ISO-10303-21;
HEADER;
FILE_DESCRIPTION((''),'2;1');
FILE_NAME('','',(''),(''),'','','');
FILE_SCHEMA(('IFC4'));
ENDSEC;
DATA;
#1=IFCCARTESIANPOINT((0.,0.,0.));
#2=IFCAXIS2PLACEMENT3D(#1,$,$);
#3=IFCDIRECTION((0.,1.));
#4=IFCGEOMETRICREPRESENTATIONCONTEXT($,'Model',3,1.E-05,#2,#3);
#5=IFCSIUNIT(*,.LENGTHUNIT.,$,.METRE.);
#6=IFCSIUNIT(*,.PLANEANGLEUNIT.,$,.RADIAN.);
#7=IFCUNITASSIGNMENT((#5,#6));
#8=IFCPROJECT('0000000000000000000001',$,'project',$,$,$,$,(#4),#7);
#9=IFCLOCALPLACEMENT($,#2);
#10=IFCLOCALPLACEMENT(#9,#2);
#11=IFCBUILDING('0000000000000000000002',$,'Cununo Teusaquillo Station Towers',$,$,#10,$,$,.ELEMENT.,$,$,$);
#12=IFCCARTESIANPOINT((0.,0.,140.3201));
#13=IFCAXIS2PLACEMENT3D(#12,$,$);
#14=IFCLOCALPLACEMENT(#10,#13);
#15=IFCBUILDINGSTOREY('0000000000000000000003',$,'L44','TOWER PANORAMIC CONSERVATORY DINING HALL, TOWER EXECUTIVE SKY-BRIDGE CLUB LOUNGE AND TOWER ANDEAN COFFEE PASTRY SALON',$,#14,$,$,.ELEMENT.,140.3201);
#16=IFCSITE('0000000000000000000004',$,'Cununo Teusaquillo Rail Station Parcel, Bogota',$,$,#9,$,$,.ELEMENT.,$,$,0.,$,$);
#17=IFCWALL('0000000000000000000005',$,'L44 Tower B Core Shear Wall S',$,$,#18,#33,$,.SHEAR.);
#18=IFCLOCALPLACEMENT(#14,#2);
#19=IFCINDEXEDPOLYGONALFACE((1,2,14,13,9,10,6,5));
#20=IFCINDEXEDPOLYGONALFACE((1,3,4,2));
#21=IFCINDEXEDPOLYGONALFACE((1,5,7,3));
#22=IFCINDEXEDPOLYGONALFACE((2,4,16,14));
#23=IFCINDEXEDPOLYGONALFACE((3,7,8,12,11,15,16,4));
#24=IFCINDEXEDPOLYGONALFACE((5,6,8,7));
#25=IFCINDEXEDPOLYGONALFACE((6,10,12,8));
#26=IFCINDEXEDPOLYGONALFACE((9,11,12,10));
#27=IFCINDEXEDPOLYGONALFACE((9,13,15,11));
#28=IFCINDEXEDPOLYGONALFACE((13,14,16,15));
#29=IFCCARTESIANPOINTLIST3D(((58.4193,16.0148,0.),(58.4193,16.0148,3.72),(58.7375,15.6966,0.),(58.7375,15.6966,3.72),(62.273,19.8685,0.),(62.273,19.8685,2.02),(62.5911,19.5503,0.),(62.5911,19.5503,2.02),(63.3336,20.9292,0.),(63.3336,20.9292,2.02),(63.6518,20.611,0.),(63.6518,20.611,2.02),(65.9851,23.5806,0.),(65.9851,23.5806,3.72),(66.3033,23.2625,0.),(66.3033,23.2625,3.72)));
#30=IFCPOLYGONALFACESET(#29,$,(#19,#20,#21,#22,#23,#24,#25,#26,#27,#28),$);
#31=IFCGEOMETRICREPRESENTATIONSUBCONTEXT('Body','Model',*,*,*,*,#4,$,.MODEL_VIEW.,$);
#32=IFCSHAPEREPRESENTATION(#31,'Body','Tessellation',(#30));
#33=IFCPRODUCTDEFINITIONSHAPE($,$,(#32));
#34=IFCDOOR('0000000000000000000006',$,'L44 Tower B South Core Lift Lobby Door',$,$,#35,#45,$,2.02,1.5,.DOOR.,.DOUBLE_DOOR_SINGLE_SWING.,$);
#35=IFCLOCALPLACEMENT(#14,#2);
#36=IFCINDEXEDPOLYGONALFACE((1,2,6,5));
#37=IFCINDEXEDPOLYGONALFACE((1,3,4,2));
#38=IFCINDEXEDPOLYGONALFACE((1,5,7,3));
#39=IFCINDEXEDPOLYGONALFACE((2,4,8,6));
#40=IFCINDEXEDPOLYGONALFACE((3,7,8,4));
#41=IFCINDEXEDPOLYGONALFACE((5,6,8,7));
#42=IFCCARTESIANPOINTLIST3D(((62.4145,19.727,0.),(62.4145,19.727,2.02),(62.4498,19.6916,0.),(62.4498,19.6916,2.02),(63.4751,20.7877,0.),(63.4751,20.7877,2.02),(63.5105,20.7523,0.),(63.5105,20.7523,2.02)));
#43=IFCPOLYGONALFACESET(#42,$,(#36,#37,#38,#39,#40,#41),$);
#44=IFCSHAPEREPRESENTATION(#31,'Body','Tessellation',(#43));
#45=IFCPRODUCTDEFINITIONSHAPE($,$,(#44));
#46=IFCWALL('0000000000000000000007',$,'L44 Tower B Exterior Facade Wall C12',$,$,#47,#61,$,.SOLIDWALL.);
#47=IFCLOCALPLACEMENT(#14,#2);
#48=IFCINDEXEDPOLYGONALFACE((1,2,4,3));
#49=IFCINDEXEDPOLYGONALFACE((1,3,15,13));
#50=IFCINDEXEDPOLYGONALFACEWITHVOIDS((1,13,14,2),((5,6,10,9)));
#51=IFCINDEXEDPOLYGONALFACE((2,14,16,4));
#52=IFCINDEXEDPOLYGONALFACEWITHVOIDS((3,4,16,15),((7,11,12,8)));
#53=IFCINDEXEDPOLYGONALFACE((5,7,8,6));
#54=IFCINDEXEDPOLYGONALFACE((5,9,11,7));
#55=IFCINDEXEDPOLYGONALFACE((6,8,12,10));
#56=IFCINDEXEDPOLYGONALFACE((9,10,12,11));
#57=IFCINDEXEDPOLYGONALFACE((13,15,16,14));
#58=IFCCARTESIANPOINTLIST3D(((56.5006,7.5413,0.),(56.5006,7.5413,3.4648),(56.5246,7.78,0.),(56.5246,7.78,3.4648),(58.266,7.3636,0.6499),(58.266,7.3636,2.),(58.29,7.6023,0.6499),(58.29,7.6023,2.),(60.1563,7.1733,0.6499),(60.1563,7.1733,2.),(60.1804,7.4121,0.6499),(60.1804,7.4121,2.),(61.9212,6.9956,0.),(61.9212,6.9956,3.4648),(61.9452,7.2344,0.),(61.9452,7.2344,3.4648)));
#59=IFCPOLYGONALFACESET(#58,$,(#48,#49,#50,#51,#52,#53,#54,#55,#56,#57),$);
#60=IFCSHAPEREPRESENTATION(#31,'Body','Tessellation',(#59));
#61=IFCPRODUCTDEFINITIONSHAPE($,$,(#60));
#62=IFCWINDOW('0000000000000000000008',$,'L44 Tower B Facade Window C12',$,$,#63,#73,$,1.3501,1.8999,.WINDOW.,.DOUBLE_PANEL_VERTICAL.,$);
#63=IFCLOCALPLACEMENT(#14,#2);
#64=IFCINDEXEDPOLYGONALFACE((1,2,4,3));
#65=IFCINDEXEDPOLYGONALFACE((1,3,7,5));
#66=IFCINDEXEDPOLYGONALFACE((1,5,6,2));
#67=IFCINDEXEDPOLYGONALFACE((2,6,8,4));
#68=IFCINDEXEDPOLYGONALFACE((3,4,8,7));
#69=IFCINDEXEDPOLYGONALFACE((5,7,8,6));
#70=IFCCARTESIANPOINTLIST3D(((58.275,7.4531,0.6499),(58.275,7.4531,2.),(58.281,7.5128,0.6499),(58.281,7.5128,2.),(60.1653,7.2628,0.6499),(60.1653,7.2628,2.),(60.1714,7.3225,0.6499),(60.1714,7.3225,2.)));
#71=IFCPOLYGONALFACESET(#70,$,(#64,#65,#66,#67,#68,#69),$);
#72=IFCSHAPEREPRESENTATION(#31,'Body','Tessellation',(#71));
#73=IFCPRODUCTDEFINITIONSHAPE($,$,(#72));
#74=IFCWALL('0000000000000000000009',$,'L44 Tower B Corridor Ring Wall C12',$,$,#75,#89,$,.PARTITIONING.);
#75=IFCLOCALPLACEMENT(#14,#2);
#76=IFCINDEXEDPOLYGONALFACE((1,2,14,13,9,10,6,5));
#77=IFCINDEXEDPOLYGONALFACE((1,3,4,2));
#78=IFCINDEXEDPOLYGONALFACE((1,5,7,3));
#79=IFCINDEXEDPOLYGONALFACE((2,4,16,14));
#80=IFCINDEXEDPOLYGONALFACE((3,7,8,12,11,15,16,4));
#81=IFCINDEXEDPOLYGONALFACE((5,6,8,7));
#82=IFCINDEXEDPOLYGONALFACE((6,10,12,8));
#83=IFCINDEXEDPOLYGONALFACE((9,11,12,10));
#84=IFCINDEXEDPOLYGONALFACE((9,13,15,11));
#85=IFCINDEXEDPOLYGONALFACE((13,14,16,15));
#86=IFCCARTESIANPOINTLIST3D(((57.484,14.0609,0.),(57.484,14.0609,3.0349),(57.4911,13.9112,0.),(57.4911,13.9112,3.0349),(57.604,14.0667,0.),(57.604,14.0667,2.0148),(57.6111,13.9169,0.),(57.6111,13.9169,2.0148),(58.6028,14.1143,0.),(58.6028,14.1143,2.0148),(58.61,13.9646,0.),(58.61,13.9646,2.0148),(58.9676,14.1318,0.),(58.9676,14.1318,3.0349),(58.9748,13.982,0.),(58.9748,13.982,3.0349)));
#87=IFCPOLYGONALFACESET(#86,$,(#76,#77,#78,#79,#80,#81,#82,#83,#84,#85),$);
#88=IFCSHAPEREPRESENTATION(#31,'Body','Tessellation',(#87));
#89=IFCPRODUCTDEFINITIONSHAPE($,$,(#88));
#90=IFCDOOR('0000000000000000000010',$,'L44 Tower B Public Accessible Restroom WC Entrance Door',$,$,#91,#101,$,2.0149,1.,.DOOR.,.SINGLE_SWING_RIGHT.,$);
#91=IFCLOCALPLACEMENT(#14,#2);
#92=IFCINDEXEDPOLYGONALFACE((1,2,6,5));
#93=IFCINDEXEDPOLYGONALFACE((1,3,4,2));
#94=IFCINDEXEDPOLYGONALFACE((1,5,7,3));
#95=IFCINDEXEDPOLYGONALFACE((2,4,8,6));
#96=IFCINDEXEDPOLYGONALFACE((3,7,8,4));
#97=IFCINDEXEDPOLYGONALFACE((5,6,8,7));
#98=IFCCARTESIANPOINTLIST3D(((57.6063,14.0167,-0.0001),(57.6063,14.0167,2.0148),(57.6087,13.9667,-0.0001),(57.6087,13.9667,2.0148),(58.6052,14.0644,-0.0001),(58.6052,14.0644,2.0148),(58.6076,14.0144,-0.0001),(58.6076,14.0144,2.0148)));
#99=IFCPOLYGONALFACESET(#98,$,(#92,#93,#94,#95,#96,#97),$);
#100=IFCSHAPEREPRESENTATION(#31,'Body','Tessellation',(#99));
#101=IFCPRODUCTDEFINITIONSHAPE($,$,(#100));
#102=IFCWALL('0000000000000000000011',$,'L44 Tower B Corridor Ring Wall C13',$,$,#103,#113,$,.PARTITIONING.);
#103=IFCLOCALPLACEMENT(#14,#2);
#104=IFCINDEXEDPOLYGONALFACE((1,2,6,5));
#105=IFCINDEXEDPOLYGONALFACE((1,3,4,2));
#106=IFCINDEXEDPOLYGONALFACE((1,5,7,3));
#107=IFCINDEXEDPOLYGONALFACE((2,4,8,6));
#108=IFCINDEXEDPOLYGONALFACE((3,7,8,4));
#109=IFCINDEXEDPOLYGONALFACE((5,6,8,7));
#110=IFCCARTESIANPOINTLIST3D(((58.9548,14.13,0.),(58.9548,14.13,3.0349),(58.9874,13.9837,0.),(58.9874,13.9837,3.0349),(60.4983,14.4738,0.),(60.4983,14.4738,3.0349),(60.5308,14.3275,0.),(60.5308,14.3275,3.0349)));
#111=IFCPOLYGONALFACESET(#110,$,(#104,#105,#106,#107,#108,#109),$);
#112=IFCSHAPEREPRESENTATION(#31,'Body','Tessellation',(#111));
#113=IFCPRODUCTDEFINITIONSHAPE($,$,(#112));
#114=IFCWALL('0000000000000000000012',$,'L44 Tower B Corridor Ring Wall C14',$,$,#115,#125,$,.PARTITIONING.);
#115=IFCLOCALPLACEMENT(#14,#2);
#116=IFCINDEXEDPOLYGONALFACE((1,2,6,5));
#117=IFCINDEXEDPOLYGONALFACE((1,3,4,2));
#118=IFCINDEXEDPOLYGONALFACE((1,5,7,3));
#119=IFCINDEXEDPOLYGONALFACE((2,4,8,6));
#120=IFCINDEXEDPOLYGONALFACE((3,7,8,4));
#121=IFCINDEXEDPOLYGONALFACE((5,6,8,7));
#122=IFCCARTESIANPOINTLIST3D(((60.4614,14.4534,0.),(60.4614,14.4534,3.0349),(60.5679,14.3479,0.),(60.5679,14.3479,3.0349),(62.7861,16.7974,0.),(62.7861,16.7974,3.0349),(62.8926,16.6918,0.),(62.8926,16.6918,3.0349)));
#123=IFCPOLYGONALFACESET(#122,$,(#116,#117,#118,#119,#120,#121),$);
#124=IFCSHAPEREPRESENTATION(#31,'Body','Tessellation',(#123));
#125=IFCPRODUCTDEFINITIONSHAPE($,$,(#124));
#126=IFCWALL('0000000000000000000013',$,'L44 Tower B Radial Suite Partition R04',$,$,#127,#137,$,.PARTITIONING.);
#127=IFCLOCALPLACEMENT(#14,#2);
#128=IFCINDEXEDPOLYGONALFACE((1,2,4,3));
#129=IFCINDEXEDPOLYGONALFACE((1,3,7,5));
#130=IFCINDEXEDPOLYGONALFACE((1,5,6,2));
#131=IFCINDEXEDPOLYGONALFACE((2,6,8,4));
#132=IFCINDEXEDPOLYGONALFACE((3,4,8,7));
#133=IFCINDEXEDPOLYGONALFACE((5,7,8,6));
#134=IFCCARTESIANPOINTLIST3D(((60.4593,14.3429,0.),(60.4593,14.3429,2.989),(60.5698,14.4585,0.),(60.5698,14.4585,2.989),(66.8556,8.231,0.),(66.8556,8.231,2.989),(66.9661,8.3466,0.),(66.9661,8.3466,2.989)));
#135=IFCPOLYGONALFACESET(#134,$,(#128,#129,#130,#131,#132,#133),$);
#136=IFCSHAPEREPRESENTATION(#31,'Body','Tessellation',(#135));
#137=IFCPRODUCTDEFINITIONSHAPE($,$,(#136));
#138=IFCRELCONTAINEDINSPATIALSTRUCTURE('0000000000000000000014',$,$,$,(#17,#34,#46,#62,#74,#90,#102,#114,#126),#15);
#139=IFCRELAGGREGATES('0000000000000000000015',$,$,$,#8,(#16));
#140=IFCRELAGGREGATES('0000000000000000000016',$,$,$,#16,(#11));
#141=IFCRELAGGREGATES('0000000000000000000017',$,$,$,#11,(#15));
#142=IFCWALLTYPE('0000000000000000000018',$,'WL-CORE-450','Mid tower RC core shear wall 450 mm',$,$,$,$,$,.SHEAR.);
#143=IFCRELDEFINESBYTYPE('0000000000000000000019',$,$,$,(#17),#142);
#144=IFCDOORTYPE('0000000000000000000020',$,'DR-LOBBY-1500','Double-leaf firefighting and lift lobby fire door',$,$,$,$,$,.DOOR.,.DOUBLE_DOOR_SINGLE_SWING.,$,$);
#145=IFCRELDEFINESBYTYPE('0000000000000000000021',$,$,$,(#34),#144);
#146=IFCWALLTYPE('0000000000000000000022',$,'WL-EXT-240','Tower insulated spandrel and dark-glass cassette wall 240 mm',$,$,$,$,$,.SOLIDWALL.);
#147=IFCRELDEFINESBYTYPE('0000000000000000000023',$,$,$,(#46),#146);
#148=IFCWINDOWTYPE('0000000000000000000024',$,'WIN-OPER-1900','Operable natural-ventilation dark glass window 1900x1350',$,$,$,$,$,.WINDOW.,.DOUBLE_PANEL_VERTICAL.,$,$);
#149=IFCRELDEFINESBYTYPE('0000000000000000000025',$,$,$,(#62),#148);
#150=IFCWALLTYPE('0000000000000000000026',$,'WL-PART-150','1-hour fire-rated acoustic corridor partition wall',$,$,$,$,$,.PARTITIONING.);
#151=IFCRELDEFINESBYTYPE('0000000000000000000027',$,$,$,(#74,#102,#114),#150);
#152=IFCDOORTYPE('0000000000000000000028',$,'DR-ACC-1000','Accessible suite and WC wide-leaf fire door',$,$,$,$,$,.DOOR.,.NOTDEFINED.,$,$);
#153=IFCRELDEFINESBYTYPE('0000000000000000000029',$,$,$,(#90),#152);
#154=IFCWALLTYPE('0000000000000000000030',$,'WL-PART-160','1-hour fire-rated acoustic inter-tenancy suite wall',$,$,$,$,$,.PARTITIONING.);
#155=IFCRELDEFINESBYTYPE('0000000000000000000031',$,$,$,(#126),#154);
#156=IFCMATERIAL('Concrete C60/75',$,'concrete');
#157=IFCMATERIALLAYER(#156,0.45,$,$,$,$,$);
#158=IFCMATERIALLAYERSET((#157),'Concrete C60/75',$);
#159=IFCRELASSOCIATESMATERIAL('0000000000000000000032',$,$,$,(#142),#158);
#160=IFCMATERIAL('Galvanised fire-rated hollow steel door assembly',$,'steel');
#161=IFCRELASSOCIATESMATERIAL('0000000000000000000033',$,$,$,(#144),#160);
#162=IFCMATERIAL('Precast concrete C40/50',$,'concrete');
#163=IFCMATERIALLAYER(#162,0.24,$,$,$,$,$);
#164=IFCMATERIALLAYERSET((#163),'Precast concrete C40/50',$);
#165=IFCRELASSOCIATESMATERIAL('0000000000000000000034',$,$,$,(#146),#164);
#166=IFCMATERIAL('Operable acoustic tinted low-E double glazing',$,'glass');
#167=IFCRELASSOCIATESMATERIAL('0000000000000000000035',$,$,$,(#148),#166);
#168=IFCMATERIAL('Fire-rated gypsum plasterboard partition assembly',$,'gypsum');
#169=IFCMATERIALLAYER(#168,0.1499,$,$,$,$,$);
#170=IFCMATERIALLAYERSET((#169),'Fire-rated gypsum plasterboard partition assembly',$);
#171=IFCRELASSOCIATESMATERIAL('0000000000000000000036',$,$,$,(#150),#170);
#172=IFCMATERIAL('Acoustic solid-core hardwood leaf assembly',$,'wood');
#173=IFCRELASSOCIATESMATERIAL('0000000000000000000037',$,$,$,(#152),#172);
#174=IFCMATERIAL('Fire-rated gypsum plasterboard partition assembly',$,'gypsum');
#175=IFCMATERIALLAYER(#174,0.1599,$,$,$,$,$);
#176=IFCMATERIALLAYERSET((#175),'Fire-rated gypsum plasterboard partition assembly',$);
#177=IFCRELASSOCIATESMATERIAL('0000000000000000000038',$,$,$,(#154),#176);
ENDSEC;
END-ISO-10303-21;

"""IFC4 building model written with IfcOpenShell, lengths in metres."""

from ifc_helpers import new_model, si_unit, direction, frame, frame_2d, origin, place, context, subcontext, project, spatial, rectangle, extrude, source, transform, mapped, material, layer, layer_set, type_object, element, fill, save


model = new_model("IFC4")

# Units and contexts
model_context = context("Model", 3, precision=1e-05, world=origin(), true_north=direction((0.0, 1.0)))
body_context = subcontext(model_context, "Body", "Model", "MODEL_VIEW")
ifc_project = project(units=[si_unit("LENGTHUNIT", "METRE"), si_unit("PLANEANGLEUNIT", "RADIAN")], contexts=[model_context])

# Site, building, storey
site_placement = place(None, origin())
site = spatial("IfcSite", under=ifc_project, at=site_placement, Name="Cununo Teusaquillo Rail Station Parcel, Bogota", CompositionType="ELEMENT", RefElevation=0.0)
building_placement = place(site_placement, origin())
building = spatial("IfcBuilding", under=site, at=building_placement, Name="Cununo Teusaquillo Station Towers", CompositionType="ELEMENT")
storey_placement = place(building_placement, frame((0.0, 0.0, 140.3201)))
storey = spatial("IfcBuildingStorey", under=building, at=storey_placement, Name="L44", Description="TOWER PANORAMIC CONSERVATORY DINING HALL, TOWER EXECUTIVE SKY-BRIDGE CLUB LOUNGE AND TOWER ANDEAN COFFEE PASTRY SALON", CompositionType="ELEMENT", Elevation=140.3201)

# Shared definitions
ifc_material_1 = material(Name="Concrete C60/75", Category="concrete")
ifc_layer_1 = layer(ifc_material_1, 0.45)
ifc_layer_set_1 = layer_set([ifc_layer_1], Name="Concrete C60/75")
wall_type_1 = type_object("IfcWallType", Name="WL-CORE-450", Description="Mid tower RC core shear wall 450 mm", PredefinedType="SHEAR", material=ifc_layer_set_1)

# Wall, opening, door
wall_1_placement = place(storey_placement, frame((58.5784, 15.8557, 0.0), z_axis=(0.0, 0.0, 1.0), x_axis=(0.707107, 0.707107, 0.0)))
wall_1 = element("IfcWall", 1, at=wall_1_placement, inside=storey, type_object=wall_type_1, Name="L44 Tower B Core Shear Wall S", PredefinedType="SHEAR", context=body_context, shape_type="SweptSolid", body=[
    extrude(rectangle(XDim=10.6997, YDim=0.45, at=frame_2d((5.3499, 0.0))), origin(), (0.0, 0.0, 1.0), 3.72),
])
shared_shape_1 = source(origin(), body_context, "Body", "SweptSolid", [
    extrude(rectangle(XDim=1.5, YDim=2.02, at=frame_2d((0.75, 1.01))), frame((0.0, 0.2349, 0.0), z_axis=(0.0, -1.0, 0.0), x_axis=(1.0, 0.0, 0.0)), (0.0, 0.0, 1.0), 0.47),
])
opening_1_placement = place(wall_1_placement, frame((5.45, 0.0, 0.0)))
opening_1 = element("IfcOpeningElement", 2, at=opening_1_placement, cuts=wall_1, PredefinedType="OPENING", context=body_context, shape_type="MappedRepresentation", body=[
    mapped(shared_shape_1, transform((0.0, 0.0, 0.0), x_axis=(1.0, 0.0, 0.0), y_axis=(0.0, 1.0, 0.0), z_axis=(0.0, 0.0, 1.0), scale=1.0)),
])
ifc_material_2 = material(Name="Galvanised fire-rated hollow steel door assembly", Category="steel")
door_type_1 = type_object("IfcDoorType", Name="DR-LOBBY-1500", Description="Double-leaf firefighting and lift lobby fire door", OperationType="DOUBLE_DOOR_SINGLE_SWING", PredefinedType="DOOR", material=ifc_material_2)
shared_shape_2 = source(origin(), body_context, "Body", "SweptSolid", [
    extrude(rectangle(XDim=1.5, YDim=2.02, at=frame_2d((0.75, 1.01))), frame((0.0, 0.0249, 0.0), z_axis=(0.0, -1.0, 0.0), x_axis=(1.0, 0.0, 0.0)), (0.0, 0.0, 1.0), 0.05),
])
door_1_placement = place(opening_1_placement, origin())
door_1 = element("IfcDoor", 3, at=door_1_placement, inside=storey, type_object=door_type_1, Name="L44 Tower B South Core Lift Lobby Door", OperationType="DOUBLE_DOOR_SINGLE_SWING", OverallHeight=2.02, OverallWidth=1.5, PredefinedType="DOOR", context=body_context, shape_type="MappedRepresentation", body=[
    mapped(shared_shape_2, transform((0.0, 0.0, 0.0), x_axis=(1.0, 0.0, 0.0), y_axis=(0.0, 1.0, 0.0), z_axis=(0.0, 0.0, 1.0), scale=1.0)),
])
fill(opening_1, door_1)

# Wall, opening, window
ifc_material_3 = material(Name="Precast concrete C40/50", Category="concrete")
ifc_layer_2 = layer(ifc_material_3, 0.24)
ifc_layer_set_2 = layer_set([ifc_layer_2], Name="Precast concrete C40/50")
wall_type_2 = type_object("IfcWallType", Name="WL-EXT-240", Description="Tower insulated spandrel and dark-glass cassette wall 240 mm", PredefinedType="SOLIDWALL", material=ifc_layer_set_2)
wall_2_placement = place(storey_placement, frame((61.9333, 7.115, 0.0), z_axis=(0.0, 0.0, 1.0), x_axis=(-0.994972, 0.100156, 0.0)))
wall_2 = element("IfcWall", 4, at=wall_2_placement, inside=storey, type_object=wall_type_2, Name="L44 Tower B Exterior Facade Wall C12", PredefinedType="SOLIDWALL", context=body_context, shape_type="SweptSolid", body=[
    extrude(rectangle(XDim=5.448, YDim=0.24, at=frame_2d((2.7241, 0.0))), origin(), (0.0, 0.0, 1.0), 3.4648),
])
shared_shape_3 = source(origin(), body_context, "Body", "SweptSolid", [
    extrude(rectangle(XDim=1.8999, YDim=1.3501, at=frame_2d((0.95, 0.675))), frame((0.0, 0.1299, 0.0), z_axis=(0.0, -1.0, 0.0), x_axis=(1.0, 0.0, 0.0)), (0.0, 0.0, 1.0), 0.26),
])
opening_2_placement = place(wall_2_placement, frame((1.7739, 0.0, 0.6499)))
opening_2 = element("IfcOpeningElement", 5, at=opening_2_placement, cuts=wall_2, PredefinedType="OPENING", context=body_context, shape_type="MappedRepresentation", body=[
    mapped(shared_shape_3, transform((0.0, 0.0, 0.0), x_axis=(1.0, 0.0, 0.0), y_axis=(0.0, 1.0, 0.0), z_axis=(0.0, 0.0, 1.0), scale=1.0)),
])
ifc_material_4 = material(Name="Operable acoustic tinted low-E double glazing", Category="glass")
window_type = type_object("IfcWindowType", Name="WIN-OPER-1900", Description="Operable natural-ventilation dark glass window 1900x1350", PartitioningType="DOUBLE_PANEL_VERTICAL", PredefinedType="WINDOW", material=ifc_material_4)
shared_shape_4 = source(origin(), body_context, "Body", "SweptSolid", [
    extrude(rectangle(XDim=1.8999, YDim=1.3501, at=frame_2d((0.95, 0.675))), frame((0.0, 0.03, 0.0), z_axis=(0.0, -1.0, 0.0), x_axis=(1.0, 0.0, 0.0)), (0.0, 0.0, 1.0), 0.0601),
])
window_placement = place(opening_2_placement, origin())
window = element("IfcWindow", 6, at=window_placement, inside=storey, type_object=window_type, Name="L44 Tower B Facade Window C12", OverallHeight=1.3501, OverallWidth=1.8999, PartitioningType="DOUBLE_PANEL_VERTICAL", PredefinedType="WINDOW", context=body_context, shape_type="MappedRepresentation", body=[
    mapped(shared_shape_4, transform((0.0, 0.0, 0.0), x_axis=(1.0, 0.0, 0.0), y_axis=(0.0, 1.0, 0.0), z_axis=(0.0, 0.0, 1.0), scale=1.0)),
])
fill(opening_2, window)

# Wall, opening, door
ifc_material_5 = material(Name="Fire-rated gypsum plasterboard partition assembly", Category="gypsum")
ifc_layer_3 = layer(ifc_material_5, 0.1499)
ifc_layer_set_3 = layer_set([ifc_layer_3], Name="Fire-rated gypsum plasterboard partition assembly")
wall_type_3 = type_object("IfcWallType", Name="WL-PART-150", Description="1-hour fire-rated acoustic corridor partition wall", PredefinedType="PARTITIONING", material=ifc_layer_set_3)
wall_3_placement = place(storey_placement, frame((57.4875, 13.9861, 0.0), z_axis=(0.0, 0.0, 1.0), x_axis=(0.998863, 0.047667, 0.0)))
wall_3 = element("IfcWall", 7, at=wall_3_placement, inside=storey, type_object=wall_type_3, Name="L44 Tower B Corridor Ring Wall C12", PredefinedType="PARTITIONING", context=body_context, shape_type="SweptSolid", body=[
    extrude(rectangle(XDim=1.4854, YDim=0.1499, at=frame_2d((0.7427, 0.0))), origin(), (0.0, 0.0, 1.0), 3.0349),
])
shared_shape_5 = source(origin(), body_context, "Body", "SweptSolid", [
    extrude(rectangle(XDim=1.0, YDim=2.0149, at=frame_2d((0.5, 1.0073))), frame((0.0, 0.085, 0.0), z_axis=(0.0, -1.0, 0.0), x_axis=(1.0, 0.0, 0.0)), (0.0, 0.0, 1.0), 0.1699),
])
opening_3_placement = place(wall_3_placement, frame((0.1201, 0.0, 0.0)))
opening_3 = element("IfcOpeningElement", 8, at=opening_3_placement, cuts=wall_3, PredefinedType="OPENING", context=body_context, shape_type="MappedRepresentation", body=[
    mapped(shared_shape_5, transform((0.0, 0.0, 0.0), x_axis=(1.0, 0.0, 0.0), y_axis=(0.0, 1.0, 0.0), z_axis=(0.0, 0.0, 1.0), scale=1.0)),
])
ifc_material_6 = material(Name="Acoustic solid-core hardwood leaf assembly", Category="wood")
door_type_2 = type_object("IfcDoorType", Name="DR-ACC-1000", Description="Accessible suite and WC wide-leaf fire door", OperationType="NOTDEFINED", PredefinedType="DOOR", material=ifc_material_6)
shared_shape_6 = source(origin(), body_context, "Body", "SweptSolid", [
    extrude(rectangle(XDim=1.0, YDim=2.0149, at=frame_2d((0.5, 1.0073))), frame((0.0, 0.0249, 0.0), z_axis=(0.0, -1.0, 0.0), x_axis=(1.0, 0.0, 0.0)), (0.0, 0.0, 1.0), 0.05),
])
door_2_placement = place(opening_3_placement, origin())
door_2 = element("IfcDoor", 9, at=door_2_placement, inside=storey, type_object=door_type_2, Name="L44 Tower B Public Accessible Restroom WC Entrance Door", OperationType="SINGLE_SWING_RIGHT", OverallHeight=2.0149, OverallWidth=1.0, PredefinedType="DOOR", context=body_context, shape_type="MappedRepresentation", body=[
    mapped(shared_shape_6, transform((0.0, 0.0, 0.0), x_axis=(1.0, 0.0, 0.0), y_axis=(0.0, 1.0, 0.0), z_axis=(0.0, 0.0, 1.0), scale=1.0)),
])
fill(opening_3, door_2)

# Walls
wall_4_placement = place(storey_placement, frame((58.9712, 14.0569, 0.0), z_axis=(0.0, 0.0, 1.0), x_axis=(0.976085, 0.217388, 0.0)))
element("IfcWall", 10, at=wall_4_placement, inside=storey, type_object=wall_type_3, Name="L44 Tower B Corridor Ring Wall C13", PredefinedType="PARTITIONING", context=body_context, shape_type="SweptSolid", body=[
    extrude(rectangle(XDim=1.5813, YDim=0.1499, at=frame_2d((0.7905, 0.0))), origin(), (0.0, 0.0, 1.0), 3.0349),
])
wall_5_placement = place(storey_placement, frame((60.5146, 14.4006, 0.0), z_axis=(0.0, 0.0, 1.0), x_axis=(0.70418, 0.710022, 0.0)))
element("IfcWall", 11, at=wall_5_placement, inside=storey, type_object=wall_type_3, Name="L44 Tower B Corridor Ring Wall C14", PredefinedType="PARTITIONING", context=body_context, shape_type="SweptSolid", body=[
    extrude(rectangle(XDim=3.3013, YDim=0.1499, at=frame_2d((1.6506, 0.0))), origin(), (0.0, 0.0, 1.0), 3.0349),
])
ifc_material_7 = material(Name="Fire-rated gypsum plasterboard partition assembly", Category="gypsum")
ifc_layer_4 = layer(ifc_material_7, 0.1599)
ifc_layer_set_4 = layer_set([ifc_layer_4], Name="Fire-rated gypsum plasterboard partition assembly")
wall_type_4 = type_object("IfcWallType", Name="WL-PART-160", Description="1-hour fire-rated acoustic inter-tenancy suite wall", PredefinedType="PARTITIONING", material=ifc_layer_set_4)
wall_6_placement = place(storey_placement, frame((60.5146, 14.4006, 0.0), z_axis=(0.0, 0.0, 1.0), x_axis=(0.722999, -0.690849, 0.0)))
element("IfcWall", 12, at=wall_6_placement, inside=storey, type_object=wall_type_4, Name="L44 Tower B Radial Suite Partition R04", PredefinedType="PARTITIONING", context=body_context, shape_type="SweptSolid", body=[
    extrude(rectangle(XDim=8.8469, YDim=0.1599, at=frame_2d((4.4233, 0.0))), origin(), (0.0, 0.0, 1.0), 2.989),
])

save(model, "model.ifc")
